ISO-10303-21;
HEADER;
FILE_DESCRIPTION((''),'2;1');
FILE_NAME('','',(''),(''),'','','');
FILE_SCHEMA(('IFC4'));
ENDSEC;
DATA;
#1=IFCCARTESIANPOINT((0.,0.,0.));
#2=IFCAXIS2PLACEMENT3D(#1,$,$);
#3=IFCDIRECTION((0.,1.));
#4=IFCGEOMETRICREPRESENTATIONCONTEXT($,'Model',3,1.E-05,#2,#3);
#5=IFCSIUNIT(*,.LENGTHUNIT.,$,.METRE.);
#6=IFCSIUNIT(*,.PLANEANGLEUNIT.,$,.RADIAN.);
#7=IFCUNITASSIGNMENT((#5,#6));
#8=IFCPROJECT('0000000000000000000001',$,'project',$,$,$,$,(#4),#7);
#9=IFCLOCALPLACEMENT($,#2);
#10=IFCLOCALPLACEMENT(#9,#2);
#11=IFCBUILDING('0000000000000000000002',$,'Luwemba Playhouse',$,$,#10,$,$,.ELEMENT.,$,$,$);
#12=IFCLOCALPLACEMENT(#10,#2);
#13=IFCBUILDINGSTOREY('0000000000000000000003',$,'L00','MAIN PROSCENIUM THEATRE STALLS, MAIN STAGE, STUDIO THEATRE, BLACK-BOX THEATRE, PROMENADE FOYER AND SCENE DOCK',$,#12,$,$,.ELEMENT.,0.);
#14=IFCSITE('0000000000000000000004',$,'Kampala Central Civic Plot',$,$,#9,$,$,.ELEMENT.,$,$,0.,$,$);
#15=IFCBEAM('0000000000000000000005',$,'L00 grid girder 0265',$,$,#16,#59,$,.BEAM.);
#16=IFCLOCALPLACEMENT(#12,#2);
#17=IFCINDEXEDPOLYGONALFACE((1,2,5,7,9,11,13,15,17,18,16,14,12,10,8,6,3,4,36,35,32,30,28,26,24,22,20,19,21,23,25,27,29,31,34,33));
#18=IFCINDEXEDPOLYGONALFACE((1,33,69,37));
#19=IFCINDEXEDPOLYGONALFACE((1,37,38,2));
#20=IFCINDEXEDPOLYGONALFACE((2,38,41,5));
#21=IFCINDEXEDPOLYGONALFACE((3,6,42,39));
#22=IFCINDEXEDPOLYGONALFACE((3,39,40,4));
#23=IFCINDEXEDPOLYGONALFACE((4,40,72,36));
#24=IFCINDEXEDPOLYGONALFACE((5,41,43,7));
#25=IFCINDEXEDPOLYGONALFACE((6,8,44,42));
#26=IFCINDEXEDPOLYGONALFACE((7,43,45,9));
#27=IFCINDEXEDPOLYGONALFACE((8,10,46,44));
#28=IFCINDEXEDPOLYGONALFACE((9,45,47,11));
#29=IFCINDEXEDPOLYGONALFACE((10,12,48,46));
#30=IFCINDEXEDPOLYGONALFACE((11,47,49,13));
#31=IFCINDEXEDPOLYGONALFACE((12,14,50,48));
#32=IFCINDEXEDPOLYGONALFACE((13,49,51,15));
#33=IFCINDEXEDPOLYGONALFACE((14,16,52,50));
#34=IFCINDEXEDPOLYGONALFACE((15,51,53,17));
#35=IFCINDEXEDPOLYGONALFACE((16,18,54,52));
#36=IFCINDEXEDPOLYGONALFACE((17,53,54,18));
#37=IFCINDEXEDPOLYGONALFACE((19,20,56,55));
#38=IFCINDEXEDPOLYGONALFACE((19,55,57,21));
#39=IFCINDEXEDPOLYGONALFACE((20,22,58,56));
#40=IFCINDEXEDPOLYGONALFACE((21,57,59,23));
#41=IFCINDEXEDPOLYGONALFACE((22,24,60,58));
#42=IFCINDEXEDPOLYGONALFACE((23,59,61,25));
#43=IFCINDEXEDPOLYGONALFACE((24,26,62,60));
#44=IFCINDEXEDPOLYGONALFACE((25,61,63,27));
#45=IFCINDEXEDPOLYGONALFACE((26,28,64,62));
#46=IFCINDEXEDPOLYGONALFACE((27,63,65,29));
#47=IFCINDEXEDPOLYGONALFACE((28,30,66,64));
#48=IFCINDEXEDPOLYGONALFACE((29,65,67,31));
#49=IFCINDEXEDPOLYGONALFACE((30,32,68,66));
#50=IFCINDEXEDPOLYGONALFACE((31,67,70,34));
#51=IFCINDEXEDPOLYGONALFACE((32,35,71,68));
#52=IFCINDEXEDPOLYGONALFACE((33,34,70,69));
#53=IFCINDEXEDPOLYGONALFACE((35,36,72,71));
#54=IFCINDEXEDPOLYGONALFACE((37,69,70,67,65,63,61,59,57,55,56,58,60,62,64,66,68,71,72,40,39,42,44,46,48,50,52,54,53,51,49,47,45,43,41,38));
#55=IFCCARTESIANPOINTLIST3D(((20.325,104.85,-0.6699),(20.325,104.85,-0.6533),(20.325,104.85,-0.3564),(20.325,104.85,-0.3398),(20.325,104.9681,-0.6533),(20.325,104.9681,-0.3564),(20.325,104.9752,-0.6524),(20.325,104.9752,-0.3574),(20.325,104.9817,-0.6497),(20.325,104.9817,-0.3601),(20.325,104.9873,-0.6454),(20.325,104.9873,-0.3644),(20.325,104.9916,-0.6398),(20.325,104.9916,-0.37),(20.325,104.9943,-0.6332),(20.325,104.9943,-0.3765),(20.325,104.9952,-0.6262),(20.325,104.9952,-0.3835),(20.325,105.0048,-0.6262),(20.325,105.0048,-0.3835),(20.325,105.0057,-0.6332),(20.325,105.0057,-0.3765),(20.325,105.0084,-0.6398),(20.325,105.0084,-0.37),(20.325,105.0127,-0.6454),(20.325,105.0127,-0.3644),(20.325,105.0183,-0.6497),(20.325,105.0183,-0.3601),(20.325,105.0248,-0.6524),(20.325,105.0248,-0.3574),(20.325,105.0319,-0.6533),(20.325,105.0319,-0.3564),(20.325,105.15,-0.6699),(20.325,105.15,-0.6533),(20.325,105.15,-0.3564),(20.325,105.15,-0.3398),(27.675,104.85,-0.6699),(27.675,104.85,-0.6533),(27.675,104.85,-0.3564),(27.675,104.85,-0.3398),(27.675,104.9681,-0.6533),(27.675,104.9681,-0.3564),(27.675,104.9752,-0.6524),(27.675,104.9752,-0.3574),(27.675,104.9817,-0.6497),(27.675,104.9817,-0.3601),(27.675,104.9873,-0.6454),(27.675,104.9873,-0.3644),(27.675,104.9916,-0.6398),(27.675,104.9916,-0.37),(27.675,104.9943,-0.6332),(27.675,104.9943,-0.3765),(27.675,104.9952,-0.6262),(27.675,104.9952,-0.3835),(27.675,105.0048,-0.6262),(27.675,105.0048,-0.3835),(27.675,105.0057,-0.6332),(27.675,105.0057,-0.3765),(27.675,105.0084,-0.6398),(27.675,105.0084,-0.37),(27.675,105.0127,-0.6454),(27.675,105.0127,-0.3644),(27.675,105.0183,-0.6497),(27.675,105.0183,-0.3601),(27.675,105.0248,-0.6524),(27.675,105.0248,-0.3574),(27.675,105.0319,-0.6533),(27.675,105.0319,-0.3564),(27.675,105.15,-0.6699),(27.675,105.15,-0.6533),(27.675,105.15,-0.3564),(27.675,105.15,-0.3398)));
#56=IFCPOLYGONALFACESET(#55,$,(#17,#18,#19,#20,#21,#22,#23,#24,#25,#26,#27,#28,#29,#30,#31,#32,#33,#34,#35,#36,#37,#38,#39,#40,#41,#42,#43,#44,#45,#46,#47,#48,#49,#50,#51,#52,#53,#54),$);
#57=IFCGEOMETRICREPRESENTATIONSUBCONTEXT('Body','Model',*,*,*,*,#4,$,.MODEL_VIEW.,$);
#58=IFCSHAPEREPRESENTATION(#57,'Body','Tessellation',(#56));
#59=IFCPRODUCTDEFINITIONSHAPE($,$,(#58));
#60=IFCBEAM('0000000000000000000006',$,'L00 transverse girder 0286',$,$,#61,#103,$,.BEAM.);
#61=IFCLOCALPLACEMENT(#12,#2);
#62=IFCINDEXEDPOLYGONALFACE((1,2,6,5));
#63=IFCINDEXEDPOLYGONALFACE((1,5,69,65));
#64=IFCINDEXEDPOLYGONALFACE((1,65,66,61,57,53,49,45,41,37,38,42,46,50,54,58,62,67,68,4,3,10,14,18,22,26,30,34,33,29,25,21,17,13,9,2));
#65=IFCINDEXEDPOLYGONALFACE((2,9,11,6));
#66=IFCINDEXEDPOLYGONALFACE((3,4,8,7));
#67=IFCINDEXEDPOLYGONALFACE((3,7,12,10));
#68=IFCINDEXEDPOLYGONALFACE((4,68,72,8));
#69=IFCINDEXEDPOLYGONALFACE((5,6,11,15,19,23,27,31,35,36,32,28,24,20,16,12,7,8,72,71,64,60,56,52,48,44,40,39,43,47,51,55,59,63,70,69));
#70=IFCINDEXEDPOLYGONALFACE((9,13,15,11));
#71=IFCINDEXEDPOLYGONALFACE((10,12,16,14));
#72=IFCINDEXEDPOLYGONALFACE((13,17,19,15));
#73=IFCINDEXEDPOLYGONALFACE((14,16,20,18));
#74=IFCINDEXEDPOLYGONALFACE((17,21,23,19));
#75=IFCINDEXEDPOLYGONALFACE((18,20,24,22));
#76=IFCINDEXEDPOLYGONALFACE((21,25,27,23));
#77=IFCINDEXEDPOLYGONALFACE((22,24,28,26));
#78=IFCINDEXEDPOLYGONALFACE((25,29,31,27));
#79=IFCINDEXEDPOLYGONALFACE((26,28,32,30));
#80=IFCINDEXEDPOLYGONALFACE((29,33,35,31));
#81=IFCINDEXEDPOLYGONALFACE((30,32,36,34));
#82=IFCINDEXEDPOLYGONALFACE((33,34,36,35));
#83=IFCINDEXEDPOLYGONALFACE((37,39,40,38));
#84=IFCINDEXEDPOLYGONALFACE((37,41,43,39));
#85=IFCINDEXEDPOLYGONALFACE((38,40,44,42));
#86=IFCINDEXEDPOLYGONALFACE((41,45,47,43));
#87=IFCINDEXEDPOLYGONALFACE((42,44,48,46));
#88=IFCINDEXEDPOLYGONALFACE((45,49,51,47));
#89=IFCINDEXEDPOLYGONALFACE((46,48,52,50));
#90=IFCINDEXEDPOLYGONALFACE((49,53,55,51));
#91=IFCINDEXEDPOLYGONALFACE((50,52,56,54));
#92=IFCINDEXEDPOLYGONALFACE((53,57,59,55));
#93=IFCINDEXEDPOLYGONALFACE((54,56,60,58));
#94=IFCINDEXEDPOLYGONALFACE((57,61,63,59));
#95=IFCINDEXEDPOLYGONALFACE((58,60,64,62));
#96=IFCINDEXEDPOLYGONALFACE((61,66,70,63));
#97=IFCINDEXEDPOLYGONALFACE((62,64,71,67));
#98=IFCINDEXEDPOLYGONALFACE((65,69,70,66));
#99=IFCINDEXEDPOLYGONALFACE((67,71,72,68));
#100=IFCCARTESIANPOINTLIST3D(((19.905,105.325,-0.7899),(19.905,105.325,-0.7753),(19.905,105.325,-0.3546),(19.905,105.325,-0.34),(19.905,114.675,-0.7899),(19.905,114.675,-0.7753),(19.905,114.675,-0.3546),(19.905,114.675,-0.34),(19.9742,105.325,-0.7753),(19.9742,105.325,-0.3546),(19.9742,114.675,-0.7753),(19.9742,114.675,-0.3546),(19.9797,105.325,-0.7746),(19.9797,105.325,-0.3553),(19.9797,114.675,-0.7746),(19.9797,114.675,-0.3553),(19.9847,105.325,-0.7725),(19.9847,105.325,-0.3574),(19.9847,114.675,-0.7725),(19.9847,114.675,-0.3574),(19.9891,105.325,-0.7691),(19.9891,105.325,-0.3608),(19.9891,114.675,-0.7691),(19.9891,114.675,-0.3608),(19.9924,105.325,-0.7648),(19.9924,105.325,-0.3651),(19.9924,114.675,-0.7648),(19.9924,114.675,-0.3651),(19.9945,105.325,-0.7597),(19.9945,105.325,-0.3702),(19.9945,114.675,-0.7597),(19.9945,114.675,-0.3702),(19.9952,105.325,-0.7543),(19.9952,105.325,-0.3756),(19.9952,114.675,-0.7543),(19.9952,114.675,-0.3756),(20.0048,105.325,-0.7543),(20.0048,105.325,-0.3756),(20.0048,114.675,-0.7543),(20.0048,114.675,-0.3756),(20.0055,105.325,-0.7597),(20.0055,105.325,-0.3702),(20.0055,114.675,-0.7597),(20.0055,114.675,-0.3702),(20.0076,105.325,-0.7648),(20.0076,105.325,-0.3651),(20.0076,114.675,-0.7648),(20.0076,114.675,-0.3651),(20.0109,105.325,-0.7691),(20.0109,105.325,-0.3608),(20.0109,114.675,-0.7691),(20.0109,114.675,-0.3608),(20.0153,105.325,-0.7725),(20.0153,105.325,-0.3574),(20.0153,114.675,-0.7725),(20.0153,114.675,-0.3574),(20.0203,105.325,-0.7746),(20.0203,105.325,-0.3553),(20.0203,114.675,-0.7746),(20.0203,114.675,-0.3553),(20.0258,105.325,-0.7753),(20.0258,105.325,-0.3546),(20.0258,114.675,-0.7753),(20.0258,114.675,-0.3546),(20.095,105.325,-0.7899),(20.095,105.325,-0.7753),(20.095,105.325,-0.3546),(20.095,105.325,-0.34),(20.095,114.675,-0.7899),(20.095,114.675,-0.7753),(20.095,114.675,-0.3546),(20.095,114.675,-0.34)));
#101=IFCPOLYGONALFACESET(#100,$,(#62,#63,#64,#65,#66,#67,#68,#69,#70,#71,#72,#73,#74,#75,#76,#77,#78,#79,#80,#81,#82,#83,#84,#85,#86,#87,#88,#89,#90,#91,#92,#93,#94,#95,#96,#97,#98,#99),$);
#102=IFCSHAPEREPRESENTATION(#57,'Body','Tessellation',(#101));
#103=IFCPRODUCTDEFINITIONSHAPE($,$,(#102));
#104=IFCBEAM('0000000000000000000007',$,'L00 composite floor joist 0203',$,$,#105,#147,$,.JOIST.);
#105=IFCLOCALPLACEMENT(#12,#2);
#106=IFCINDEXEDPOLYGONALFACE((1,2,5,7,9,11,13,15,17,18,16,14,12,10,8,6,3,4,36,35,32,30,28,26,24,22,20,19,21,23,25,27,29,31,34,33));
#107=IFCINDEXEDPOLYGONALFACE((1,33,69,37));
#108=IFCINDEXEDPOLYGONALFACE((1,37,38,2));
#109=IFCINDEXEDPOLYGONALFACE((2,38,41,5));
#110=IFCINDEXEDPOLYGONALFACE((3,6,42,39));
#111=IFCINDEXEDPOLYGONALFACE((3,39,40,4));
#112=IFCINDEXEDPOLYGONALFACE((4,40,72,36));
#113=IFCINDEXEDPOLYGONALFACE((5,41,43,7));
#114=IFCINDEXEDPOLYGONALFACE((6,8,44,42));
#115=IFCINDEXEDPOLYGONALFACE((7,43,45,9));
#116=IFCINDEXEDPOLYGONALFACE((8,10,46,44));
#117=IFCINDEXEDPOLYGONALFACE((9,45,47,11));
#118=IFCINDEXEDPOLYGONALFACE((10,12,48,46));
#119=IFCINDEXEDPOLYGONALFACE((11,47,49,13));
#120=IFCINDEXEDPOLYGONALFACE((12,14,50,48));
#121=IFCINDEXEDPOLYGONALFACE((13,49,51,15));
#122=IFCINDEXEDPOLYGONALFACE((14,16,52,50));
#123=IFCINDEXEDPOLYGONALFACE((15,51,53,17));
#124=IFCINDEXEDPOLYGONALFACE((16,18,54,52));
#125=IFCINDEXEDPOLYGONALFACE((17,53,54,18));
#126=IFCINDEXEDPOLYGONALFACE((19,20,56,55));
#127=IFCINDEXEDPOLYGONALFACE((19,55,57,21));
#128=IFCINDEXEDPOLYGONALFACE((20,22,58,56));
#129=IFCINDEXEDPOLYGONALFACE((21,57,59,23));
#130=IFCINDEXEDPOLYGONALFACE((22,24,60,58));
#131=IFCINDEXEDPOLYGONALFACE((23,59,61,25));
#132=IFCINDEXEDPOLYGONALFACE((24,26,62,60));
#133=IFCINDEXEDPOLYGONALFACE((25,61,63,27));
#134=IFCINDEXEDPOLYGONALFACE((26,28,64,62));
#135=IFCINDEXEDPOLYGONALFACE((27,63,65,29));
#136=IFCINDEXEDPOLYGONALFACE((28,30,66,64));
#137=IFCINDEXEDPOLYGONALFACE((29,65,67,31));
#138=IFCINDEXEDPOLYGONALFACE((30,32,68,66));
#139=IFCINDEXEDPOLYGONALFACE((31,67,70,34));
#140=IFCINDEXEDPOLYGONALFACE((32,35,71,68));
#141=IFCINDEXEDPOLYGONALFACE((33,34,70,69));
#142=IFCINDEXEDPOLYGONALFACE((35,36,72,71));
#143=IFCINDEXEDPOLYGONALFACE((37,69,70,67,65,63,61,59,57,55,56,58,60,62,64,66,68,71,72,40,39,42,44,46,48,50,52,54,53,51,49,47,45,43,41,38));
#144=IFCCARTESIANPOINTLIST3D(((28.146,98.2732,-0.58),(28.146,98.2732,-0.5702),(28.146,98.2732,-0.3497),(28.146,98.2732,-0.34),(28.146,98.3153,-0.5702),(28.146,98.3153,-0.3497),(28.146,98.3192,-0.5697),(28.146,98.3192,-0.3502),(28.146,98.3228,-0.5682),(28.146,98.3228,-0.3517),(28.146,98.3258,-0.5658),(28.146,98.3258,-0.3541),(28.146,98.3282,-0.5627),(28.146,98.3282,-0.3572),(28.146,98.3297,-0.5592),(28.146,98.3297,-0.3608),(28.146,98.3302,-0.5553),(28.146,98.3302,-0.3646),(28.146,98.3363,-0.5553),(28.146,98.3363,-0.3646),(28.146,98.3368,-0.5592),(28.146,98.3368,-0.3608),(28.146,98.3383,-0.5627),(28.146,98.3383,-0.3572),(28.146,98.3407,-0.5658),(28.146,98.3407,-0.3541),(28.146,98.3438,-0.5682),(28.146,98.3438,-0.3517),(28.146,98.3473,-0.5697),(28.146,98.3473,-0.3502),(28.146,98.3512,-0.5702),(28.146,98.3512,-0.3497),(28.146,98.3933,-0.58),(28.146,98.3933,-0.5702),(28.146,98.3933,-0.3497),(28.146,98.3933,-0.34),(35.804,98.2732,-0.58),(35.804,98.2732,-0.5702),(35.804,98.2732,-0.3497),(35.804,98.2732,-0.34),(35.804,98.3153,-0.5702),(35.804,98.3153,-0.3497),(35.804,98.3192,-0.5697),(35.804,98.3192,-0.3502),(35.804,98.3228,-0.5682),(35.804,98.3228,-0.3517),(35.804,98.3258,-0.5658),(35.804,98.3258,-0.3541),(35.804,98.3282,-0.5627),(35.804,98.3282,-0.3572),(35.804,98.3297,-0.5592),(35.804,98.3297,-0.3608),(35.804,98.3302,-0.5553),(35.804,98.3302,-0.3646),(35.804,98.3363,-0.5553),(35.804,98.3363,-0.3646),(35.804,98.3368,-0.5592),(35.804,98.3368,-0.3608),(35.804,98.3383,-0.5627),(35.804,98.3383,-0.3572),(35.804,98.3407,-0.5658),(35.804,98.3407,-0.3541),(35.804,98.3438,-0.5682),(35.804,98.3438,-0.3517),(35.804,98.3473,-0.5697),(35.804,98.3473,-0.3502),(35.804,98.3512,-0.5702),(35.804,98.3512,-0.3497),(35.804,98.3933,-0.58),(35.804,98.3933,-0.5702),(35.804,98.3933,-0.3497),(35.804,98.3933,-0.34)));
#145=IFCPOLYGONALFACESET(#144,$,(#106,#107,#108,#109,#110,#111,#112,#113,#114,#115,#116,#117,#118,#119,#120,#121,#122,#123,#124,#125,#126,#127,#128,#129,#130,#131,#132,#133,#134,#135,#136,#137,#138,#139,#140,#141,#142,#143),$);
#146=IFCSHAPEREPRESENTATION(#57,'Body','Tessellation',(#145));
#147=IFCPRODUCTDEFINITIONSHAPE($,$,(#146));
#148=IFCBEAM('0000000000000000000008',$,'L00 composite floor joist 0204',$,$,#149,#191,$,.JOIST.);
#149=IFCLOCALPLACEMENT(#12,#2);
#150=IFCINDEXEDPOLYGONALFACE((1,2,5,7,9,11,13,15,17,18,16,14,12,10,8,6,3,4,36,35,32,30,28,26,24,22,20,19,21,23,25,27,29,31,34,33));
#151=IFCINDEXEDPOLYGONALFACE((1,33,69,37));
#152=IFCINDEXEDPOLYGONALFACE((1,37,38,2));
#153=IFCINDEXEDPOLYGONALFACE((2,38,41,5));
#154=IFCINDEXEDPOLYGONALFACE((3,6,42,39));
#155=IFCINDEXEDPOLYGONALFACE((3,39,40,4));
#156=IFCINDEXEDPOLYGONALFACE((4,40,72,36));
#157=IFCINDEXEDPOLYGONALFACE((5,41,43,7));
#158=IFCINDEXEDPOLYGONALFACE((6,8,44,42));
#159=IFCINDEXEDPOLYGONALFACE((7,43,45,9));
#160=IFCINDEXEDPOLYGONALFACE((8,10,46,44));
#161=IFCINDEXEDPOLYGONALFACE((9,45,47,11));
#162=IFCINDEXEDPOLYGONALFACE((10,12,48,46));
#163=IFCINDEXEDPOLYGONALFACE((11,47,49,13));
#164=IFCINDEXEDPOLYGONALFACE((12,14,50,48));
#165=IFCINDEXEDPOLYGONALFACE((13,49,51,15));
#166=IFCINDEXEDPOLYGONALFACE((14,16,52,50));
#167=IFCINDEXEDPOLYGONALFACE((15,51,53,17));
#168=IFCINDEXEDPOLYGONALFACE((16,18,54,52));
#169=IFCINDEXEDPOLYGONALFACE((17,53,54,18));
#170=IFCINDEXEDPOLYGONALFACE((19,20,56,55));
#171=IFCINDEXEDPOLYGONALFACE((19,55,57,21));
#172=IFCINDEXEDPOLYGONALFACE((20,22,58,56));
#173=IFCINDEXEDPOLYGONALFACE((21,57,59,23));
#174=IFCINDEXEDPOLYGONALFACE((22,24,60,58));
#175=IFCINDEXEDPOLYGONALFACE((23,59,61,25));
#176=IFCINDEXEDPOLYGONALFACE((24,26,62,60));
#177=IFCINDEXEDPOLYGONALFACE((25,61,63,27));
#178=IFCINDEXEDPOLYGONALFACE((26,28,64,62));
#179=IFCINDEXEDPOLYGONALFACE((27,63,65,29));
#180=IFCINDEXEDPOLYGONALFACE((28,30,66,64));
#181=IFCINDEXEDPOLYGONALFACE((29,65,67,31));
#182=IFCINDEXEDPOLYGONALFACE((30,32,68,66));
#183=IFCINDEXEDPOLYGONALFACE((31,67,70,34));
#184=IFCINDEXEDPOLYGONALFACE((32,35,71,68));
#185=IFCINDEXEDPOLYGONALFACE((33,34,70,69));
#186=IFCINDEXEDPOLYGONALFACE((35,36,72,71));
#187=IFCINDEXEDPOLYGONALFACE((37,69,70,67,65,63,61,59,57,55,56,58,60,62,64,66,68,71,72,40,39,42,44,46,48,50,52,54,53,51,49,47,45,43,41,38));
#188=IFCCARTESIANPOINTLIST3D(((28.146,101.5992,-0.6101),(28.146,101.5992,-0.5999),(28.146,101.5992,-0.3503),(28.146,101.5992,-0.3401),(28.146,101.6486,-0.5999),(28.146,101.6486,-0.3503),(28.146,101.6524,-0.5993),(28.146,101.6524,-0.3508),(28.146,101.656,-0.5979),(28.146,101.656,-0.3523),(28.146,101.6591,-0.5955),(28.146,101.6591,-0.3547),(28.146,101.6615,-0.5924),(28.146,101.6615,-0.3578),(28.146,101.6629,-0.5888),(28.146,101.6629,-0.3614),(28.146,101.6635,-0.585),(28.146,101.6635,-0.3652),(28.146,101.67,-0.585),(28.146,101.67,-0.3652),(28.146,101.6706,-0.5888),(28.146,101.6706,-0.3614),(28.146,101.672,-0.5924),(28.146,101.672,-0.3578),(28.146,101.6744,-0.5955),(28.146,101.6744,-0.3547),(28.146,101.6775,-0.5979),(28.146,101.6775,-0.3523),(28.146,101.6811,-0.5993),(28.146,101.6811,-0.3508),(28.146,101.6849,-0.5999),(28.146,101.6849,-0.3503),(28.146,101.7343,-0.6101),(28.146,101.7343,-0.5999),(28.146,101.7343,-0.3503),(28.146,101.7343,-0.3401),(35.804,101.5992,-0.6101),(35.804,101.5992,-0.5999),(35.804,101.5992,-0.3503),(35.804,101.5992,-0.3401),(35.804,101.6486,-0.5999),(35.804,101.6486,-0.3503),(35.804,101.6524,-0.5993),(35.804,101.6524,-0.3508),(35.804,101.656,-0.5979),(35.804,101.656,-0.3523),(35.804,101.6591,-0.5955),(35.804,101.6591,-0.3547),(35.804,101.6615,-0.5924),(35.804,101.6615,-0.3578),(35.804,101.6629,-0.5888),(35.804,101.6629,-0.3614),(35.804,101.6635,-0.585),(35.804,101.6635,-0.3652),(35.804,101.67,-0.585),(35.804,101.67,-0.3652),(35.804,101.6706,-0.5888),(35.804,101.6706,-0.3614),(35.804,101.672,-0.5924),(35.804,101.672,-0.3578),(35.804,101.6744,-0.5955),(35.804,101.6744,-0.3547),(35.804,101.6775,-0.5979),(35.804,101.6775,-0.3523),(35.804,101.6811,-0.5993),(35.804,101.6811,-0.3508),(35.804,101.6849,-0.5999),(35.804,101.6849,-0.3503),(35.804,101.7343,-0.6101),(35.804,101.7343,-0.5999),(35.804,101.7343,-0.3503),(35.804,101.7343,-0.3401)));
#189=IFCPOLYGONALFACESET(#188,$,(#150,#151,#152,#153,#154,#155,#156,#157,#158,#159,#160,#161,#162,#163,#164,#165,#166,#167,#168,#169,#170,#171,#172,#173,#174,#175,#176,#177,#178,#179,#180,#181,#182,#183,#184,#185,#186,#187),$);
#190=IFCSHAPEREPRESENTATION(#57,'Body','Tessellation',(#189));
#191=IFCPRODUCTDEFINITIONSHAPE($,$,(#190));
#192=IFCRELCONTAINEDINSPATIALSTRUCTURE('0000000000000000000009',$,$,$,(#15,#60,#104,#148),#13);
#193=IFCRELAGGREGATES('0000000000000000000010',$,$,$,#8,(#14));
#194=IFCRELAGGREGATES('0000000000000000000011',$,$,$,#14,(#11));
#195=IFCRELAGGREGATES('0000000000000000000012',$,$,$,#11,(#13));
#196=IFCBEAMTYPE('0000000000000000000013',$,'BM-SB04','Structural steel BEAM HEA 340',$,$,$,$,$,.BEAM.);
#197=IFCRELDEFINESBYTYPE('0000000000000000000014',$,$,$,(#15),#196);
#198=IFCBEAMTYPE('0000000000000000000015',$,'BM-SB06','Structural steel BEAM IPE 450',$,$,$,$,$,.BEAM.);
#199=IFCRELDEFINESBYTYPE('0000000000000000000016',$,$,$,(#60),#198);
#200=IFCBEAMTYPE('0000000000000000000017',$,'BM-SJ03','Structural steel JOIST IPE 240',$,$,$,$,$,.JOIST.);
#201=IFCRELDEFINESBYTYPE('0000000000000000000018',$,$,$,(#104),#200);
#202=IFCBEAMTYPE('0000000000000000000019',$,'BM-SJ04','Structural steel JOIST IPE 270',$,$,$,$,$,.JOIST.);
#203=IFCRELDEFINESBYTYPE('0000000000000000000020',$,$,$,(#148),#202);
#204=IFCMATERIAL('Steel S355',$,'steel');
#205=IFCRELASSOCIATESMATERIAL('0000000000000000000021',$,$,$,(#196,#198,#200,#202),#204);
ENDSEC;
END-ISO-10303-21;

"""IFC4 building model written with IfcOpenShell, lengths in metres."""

from ifc_helpers import new_model, si_unit, direction, frame, origin, origin_2d, place, context, subcontext, project, spatial, i_section, extrude, material, material_profile, profile_set, type_object, element, save


model = new_model("IFC4")

# Units and contexts
model_context = context("Model", 3, precision=1e-05, world=origin(), true_north=direction((0.0, 1.0)))
body_context = subcontext(model_context, "Body", "Model", "MODEL_VIEW")
ifc_project = project(units=[si_unit("LENGTHUNIT", "METRE"), si_unit("PLANEANGLEUNIT", "RADIAN")], contexts=[model_context])

# Site, building, storey
site_placement = place(None, origin())
site = spatial("IfcSite", under=ifc_project, at=site_placement, Name="Kampala Central Civic Plot", CompositionType="ELEMENT", RefElevation=0.0)
building_placement = place(site_placement, origin())
building = spatial("IfcBuilding", under=site, at=building_placement, Name="Luwemba Playhouse", CompositionType="ELEMENT")
storey_placement = place(building_placement, origin())
storey = spatial("IfcBuildingStorey", under=building, at=storey_placement, Name="L00", Description="MAIN PROSCENIUM THEATRE STALLS, MAIN STAGE, STUDIO THEATRE, BLACK-BOX THEATRE, PROMENADE FOYER AND SCENE DOCK", CompositionType="ELEMENT", Elevation=0.0)

# Beams
ifc_material_1 = material(Name="Steel S355", Category="steel")
ifc_material_profile_1 = material_profile(ifc_material_1, i_section(OverallWidth=0.3, OverallDepth=0.3301, WebThickness=0.0095, FlangeThickness=0.0166, FilletRadius=0.0271, at=origin_2d()))
ifc_profile_set_1 = profile_set([ifc_material_profile_1], Name="Steel S355")
beam_type_1 = type_object("IfcBeamType", Name="BM-SB04", Description="Structural steel BEAM HEA 340", PredefinedType="BEAM", material=ifc_profile_set_1)
beam_1_placement = place(storey_placement, frame((20.325, 105.0, -0.5049), z_axis=(1.0, 0.0, 0.0), x_axis=(0.0, 1.0, 0.0)))
element("IfcBeam", 1, at=beam_1_placement, inside=storey, type_object=beam_type_1, Name="L00 grid girder 0265", PredefinedType="BEAM", context=body_context, shape_type="SweptSolid", body=[
    extrude(i_section(OverallWidth=0.3, OverallDepth=0.3301, WebThickness=0.0095, FlangeThickness=0.0166, FilletRadius=0.0271, at=origin_2d()), origin(), (0.0, 0.0, 1.0), 7.3501),
])
ifc_material_profile_2 = material_profile(ifc_material_1, i_section(OverallWidth=0.1899, OverallDepth=0.45, WebThickness=0.0095, FlangeThickness=0.0146, FilletRadius=0.021, at=origin_2d()))
ifc_profile_set_2 = profile_set([ifc_material_profile_2], Name="Steel S355")
beam_type_2 = type_object("IfcBeamType", Name="BM-SB06", Description="Structural steel BEAM IPE 450", PredefinedType="BEAM", material=ifc_profile_set_2)
beam_2_placement = place(storey_placement, frame((20.0, 105.325, -0.5649), z_axis=(0.0, 1.0, 0.0), x_axis=(-1.0, 0.0, 0.0)))
element("IfcBeam", 2, at=beam_2_placement, inside=storey, type_object=beam_type_2, Name="L00 transverse girder 0286", PredefinedType="BEAM", context=body_context, shape_type="SweptSolid", body=[
    extrude(i_section(OverallWidth=0.1899, OverallDepth=0.45, WebThickness=0.0095, FlangeThickness=0.0146, FilletRadius=0.021, at=origin_2d()), origin(), (0.0, 0.0, 1.0), 9.3501),
])
ifc_material_profile_3 = material_profile(ifc_material_1, i_section(OverallWidth=0.1201, OverallDepth=0.24, WebThickness=0.0061, FlangeThickness=0.0098, FilletRadius=0.0149, at=origin_2d()))
ifc_profile_set_3 = profile_set([ifc_material_profile_3], Name="Steel S355")
beam_type_3 = type_object("IfcBeamType", Name="BM-SJ03", Description="Structural steel JOIST IPE 240", PredefinedType="JOIST", material=ifc_profile_set_3)
beam_3_placement = place(storey_placement, frame((28.146, 98.3333, -0.46), z_axis=(1.0, 0.0, 0.0), x_axis=(0.0, 1.0, 0.0)))
element("IfcBeam", 3, at=beam_3_placement, inside=storey, type_object=beam_type_3, Name="L00 composite floor joist 0203", PredefinedType="JOIST", context=body_context, shape_type="SweptSolid", body=[
    extrude(i_section(OverallWidth=0.1201, OverallDepth=0.24, WebThickness=0.0061, FlangeThickness=0.0098, FilletRadius=0.0149, at=origin_2d()), origin(), (0.0, 0.0, 1.0), 7.658),
])
ifc_material_profile_4 = material_profile(ifc_material_1, i_section(OverallWidth=0.135, OverallDepth=0.27, WebThickness=0.0066, FlangeThickness=0.0103, FilletRadius=0.0149, at=origin_2d()))
ifc_profile_set_4 = profile_set([ifc_material_profile_4], Name="Steel S355")
beam_type_4 = type_object("IfcBeamType", Name="BM-SJ04", Description="Structural steel JOIST IPE 270", PredefinedType="JOIST", material=ifc_profile_set_4)
beam_4_placement = place(storey_placement, frame((28.146, 101.6667, -0.4751), z_axis=(1.0, 0.0, 0.0), x_axis=(0.0, 1.0, 0.0)))
element("IfcBeam", 4, at=beam_4_placement, inside=storey, type_object=beam_type_4, Name="L00 composite floor joist 0204", PredefinedType="JOIST", context=body_context, shape_type="SweptSolid", body=[
    extrude(i_section(OverallWidth=0.135, OverallDepth=0.27, WebThickness=0.0066, FlangeThickness=0.0103, FilletRadius=0.0149, at=origin_2d()), origin(), (0.0, 0.0, 1.0), 7.658),
])

save(model, "model.ifc")
